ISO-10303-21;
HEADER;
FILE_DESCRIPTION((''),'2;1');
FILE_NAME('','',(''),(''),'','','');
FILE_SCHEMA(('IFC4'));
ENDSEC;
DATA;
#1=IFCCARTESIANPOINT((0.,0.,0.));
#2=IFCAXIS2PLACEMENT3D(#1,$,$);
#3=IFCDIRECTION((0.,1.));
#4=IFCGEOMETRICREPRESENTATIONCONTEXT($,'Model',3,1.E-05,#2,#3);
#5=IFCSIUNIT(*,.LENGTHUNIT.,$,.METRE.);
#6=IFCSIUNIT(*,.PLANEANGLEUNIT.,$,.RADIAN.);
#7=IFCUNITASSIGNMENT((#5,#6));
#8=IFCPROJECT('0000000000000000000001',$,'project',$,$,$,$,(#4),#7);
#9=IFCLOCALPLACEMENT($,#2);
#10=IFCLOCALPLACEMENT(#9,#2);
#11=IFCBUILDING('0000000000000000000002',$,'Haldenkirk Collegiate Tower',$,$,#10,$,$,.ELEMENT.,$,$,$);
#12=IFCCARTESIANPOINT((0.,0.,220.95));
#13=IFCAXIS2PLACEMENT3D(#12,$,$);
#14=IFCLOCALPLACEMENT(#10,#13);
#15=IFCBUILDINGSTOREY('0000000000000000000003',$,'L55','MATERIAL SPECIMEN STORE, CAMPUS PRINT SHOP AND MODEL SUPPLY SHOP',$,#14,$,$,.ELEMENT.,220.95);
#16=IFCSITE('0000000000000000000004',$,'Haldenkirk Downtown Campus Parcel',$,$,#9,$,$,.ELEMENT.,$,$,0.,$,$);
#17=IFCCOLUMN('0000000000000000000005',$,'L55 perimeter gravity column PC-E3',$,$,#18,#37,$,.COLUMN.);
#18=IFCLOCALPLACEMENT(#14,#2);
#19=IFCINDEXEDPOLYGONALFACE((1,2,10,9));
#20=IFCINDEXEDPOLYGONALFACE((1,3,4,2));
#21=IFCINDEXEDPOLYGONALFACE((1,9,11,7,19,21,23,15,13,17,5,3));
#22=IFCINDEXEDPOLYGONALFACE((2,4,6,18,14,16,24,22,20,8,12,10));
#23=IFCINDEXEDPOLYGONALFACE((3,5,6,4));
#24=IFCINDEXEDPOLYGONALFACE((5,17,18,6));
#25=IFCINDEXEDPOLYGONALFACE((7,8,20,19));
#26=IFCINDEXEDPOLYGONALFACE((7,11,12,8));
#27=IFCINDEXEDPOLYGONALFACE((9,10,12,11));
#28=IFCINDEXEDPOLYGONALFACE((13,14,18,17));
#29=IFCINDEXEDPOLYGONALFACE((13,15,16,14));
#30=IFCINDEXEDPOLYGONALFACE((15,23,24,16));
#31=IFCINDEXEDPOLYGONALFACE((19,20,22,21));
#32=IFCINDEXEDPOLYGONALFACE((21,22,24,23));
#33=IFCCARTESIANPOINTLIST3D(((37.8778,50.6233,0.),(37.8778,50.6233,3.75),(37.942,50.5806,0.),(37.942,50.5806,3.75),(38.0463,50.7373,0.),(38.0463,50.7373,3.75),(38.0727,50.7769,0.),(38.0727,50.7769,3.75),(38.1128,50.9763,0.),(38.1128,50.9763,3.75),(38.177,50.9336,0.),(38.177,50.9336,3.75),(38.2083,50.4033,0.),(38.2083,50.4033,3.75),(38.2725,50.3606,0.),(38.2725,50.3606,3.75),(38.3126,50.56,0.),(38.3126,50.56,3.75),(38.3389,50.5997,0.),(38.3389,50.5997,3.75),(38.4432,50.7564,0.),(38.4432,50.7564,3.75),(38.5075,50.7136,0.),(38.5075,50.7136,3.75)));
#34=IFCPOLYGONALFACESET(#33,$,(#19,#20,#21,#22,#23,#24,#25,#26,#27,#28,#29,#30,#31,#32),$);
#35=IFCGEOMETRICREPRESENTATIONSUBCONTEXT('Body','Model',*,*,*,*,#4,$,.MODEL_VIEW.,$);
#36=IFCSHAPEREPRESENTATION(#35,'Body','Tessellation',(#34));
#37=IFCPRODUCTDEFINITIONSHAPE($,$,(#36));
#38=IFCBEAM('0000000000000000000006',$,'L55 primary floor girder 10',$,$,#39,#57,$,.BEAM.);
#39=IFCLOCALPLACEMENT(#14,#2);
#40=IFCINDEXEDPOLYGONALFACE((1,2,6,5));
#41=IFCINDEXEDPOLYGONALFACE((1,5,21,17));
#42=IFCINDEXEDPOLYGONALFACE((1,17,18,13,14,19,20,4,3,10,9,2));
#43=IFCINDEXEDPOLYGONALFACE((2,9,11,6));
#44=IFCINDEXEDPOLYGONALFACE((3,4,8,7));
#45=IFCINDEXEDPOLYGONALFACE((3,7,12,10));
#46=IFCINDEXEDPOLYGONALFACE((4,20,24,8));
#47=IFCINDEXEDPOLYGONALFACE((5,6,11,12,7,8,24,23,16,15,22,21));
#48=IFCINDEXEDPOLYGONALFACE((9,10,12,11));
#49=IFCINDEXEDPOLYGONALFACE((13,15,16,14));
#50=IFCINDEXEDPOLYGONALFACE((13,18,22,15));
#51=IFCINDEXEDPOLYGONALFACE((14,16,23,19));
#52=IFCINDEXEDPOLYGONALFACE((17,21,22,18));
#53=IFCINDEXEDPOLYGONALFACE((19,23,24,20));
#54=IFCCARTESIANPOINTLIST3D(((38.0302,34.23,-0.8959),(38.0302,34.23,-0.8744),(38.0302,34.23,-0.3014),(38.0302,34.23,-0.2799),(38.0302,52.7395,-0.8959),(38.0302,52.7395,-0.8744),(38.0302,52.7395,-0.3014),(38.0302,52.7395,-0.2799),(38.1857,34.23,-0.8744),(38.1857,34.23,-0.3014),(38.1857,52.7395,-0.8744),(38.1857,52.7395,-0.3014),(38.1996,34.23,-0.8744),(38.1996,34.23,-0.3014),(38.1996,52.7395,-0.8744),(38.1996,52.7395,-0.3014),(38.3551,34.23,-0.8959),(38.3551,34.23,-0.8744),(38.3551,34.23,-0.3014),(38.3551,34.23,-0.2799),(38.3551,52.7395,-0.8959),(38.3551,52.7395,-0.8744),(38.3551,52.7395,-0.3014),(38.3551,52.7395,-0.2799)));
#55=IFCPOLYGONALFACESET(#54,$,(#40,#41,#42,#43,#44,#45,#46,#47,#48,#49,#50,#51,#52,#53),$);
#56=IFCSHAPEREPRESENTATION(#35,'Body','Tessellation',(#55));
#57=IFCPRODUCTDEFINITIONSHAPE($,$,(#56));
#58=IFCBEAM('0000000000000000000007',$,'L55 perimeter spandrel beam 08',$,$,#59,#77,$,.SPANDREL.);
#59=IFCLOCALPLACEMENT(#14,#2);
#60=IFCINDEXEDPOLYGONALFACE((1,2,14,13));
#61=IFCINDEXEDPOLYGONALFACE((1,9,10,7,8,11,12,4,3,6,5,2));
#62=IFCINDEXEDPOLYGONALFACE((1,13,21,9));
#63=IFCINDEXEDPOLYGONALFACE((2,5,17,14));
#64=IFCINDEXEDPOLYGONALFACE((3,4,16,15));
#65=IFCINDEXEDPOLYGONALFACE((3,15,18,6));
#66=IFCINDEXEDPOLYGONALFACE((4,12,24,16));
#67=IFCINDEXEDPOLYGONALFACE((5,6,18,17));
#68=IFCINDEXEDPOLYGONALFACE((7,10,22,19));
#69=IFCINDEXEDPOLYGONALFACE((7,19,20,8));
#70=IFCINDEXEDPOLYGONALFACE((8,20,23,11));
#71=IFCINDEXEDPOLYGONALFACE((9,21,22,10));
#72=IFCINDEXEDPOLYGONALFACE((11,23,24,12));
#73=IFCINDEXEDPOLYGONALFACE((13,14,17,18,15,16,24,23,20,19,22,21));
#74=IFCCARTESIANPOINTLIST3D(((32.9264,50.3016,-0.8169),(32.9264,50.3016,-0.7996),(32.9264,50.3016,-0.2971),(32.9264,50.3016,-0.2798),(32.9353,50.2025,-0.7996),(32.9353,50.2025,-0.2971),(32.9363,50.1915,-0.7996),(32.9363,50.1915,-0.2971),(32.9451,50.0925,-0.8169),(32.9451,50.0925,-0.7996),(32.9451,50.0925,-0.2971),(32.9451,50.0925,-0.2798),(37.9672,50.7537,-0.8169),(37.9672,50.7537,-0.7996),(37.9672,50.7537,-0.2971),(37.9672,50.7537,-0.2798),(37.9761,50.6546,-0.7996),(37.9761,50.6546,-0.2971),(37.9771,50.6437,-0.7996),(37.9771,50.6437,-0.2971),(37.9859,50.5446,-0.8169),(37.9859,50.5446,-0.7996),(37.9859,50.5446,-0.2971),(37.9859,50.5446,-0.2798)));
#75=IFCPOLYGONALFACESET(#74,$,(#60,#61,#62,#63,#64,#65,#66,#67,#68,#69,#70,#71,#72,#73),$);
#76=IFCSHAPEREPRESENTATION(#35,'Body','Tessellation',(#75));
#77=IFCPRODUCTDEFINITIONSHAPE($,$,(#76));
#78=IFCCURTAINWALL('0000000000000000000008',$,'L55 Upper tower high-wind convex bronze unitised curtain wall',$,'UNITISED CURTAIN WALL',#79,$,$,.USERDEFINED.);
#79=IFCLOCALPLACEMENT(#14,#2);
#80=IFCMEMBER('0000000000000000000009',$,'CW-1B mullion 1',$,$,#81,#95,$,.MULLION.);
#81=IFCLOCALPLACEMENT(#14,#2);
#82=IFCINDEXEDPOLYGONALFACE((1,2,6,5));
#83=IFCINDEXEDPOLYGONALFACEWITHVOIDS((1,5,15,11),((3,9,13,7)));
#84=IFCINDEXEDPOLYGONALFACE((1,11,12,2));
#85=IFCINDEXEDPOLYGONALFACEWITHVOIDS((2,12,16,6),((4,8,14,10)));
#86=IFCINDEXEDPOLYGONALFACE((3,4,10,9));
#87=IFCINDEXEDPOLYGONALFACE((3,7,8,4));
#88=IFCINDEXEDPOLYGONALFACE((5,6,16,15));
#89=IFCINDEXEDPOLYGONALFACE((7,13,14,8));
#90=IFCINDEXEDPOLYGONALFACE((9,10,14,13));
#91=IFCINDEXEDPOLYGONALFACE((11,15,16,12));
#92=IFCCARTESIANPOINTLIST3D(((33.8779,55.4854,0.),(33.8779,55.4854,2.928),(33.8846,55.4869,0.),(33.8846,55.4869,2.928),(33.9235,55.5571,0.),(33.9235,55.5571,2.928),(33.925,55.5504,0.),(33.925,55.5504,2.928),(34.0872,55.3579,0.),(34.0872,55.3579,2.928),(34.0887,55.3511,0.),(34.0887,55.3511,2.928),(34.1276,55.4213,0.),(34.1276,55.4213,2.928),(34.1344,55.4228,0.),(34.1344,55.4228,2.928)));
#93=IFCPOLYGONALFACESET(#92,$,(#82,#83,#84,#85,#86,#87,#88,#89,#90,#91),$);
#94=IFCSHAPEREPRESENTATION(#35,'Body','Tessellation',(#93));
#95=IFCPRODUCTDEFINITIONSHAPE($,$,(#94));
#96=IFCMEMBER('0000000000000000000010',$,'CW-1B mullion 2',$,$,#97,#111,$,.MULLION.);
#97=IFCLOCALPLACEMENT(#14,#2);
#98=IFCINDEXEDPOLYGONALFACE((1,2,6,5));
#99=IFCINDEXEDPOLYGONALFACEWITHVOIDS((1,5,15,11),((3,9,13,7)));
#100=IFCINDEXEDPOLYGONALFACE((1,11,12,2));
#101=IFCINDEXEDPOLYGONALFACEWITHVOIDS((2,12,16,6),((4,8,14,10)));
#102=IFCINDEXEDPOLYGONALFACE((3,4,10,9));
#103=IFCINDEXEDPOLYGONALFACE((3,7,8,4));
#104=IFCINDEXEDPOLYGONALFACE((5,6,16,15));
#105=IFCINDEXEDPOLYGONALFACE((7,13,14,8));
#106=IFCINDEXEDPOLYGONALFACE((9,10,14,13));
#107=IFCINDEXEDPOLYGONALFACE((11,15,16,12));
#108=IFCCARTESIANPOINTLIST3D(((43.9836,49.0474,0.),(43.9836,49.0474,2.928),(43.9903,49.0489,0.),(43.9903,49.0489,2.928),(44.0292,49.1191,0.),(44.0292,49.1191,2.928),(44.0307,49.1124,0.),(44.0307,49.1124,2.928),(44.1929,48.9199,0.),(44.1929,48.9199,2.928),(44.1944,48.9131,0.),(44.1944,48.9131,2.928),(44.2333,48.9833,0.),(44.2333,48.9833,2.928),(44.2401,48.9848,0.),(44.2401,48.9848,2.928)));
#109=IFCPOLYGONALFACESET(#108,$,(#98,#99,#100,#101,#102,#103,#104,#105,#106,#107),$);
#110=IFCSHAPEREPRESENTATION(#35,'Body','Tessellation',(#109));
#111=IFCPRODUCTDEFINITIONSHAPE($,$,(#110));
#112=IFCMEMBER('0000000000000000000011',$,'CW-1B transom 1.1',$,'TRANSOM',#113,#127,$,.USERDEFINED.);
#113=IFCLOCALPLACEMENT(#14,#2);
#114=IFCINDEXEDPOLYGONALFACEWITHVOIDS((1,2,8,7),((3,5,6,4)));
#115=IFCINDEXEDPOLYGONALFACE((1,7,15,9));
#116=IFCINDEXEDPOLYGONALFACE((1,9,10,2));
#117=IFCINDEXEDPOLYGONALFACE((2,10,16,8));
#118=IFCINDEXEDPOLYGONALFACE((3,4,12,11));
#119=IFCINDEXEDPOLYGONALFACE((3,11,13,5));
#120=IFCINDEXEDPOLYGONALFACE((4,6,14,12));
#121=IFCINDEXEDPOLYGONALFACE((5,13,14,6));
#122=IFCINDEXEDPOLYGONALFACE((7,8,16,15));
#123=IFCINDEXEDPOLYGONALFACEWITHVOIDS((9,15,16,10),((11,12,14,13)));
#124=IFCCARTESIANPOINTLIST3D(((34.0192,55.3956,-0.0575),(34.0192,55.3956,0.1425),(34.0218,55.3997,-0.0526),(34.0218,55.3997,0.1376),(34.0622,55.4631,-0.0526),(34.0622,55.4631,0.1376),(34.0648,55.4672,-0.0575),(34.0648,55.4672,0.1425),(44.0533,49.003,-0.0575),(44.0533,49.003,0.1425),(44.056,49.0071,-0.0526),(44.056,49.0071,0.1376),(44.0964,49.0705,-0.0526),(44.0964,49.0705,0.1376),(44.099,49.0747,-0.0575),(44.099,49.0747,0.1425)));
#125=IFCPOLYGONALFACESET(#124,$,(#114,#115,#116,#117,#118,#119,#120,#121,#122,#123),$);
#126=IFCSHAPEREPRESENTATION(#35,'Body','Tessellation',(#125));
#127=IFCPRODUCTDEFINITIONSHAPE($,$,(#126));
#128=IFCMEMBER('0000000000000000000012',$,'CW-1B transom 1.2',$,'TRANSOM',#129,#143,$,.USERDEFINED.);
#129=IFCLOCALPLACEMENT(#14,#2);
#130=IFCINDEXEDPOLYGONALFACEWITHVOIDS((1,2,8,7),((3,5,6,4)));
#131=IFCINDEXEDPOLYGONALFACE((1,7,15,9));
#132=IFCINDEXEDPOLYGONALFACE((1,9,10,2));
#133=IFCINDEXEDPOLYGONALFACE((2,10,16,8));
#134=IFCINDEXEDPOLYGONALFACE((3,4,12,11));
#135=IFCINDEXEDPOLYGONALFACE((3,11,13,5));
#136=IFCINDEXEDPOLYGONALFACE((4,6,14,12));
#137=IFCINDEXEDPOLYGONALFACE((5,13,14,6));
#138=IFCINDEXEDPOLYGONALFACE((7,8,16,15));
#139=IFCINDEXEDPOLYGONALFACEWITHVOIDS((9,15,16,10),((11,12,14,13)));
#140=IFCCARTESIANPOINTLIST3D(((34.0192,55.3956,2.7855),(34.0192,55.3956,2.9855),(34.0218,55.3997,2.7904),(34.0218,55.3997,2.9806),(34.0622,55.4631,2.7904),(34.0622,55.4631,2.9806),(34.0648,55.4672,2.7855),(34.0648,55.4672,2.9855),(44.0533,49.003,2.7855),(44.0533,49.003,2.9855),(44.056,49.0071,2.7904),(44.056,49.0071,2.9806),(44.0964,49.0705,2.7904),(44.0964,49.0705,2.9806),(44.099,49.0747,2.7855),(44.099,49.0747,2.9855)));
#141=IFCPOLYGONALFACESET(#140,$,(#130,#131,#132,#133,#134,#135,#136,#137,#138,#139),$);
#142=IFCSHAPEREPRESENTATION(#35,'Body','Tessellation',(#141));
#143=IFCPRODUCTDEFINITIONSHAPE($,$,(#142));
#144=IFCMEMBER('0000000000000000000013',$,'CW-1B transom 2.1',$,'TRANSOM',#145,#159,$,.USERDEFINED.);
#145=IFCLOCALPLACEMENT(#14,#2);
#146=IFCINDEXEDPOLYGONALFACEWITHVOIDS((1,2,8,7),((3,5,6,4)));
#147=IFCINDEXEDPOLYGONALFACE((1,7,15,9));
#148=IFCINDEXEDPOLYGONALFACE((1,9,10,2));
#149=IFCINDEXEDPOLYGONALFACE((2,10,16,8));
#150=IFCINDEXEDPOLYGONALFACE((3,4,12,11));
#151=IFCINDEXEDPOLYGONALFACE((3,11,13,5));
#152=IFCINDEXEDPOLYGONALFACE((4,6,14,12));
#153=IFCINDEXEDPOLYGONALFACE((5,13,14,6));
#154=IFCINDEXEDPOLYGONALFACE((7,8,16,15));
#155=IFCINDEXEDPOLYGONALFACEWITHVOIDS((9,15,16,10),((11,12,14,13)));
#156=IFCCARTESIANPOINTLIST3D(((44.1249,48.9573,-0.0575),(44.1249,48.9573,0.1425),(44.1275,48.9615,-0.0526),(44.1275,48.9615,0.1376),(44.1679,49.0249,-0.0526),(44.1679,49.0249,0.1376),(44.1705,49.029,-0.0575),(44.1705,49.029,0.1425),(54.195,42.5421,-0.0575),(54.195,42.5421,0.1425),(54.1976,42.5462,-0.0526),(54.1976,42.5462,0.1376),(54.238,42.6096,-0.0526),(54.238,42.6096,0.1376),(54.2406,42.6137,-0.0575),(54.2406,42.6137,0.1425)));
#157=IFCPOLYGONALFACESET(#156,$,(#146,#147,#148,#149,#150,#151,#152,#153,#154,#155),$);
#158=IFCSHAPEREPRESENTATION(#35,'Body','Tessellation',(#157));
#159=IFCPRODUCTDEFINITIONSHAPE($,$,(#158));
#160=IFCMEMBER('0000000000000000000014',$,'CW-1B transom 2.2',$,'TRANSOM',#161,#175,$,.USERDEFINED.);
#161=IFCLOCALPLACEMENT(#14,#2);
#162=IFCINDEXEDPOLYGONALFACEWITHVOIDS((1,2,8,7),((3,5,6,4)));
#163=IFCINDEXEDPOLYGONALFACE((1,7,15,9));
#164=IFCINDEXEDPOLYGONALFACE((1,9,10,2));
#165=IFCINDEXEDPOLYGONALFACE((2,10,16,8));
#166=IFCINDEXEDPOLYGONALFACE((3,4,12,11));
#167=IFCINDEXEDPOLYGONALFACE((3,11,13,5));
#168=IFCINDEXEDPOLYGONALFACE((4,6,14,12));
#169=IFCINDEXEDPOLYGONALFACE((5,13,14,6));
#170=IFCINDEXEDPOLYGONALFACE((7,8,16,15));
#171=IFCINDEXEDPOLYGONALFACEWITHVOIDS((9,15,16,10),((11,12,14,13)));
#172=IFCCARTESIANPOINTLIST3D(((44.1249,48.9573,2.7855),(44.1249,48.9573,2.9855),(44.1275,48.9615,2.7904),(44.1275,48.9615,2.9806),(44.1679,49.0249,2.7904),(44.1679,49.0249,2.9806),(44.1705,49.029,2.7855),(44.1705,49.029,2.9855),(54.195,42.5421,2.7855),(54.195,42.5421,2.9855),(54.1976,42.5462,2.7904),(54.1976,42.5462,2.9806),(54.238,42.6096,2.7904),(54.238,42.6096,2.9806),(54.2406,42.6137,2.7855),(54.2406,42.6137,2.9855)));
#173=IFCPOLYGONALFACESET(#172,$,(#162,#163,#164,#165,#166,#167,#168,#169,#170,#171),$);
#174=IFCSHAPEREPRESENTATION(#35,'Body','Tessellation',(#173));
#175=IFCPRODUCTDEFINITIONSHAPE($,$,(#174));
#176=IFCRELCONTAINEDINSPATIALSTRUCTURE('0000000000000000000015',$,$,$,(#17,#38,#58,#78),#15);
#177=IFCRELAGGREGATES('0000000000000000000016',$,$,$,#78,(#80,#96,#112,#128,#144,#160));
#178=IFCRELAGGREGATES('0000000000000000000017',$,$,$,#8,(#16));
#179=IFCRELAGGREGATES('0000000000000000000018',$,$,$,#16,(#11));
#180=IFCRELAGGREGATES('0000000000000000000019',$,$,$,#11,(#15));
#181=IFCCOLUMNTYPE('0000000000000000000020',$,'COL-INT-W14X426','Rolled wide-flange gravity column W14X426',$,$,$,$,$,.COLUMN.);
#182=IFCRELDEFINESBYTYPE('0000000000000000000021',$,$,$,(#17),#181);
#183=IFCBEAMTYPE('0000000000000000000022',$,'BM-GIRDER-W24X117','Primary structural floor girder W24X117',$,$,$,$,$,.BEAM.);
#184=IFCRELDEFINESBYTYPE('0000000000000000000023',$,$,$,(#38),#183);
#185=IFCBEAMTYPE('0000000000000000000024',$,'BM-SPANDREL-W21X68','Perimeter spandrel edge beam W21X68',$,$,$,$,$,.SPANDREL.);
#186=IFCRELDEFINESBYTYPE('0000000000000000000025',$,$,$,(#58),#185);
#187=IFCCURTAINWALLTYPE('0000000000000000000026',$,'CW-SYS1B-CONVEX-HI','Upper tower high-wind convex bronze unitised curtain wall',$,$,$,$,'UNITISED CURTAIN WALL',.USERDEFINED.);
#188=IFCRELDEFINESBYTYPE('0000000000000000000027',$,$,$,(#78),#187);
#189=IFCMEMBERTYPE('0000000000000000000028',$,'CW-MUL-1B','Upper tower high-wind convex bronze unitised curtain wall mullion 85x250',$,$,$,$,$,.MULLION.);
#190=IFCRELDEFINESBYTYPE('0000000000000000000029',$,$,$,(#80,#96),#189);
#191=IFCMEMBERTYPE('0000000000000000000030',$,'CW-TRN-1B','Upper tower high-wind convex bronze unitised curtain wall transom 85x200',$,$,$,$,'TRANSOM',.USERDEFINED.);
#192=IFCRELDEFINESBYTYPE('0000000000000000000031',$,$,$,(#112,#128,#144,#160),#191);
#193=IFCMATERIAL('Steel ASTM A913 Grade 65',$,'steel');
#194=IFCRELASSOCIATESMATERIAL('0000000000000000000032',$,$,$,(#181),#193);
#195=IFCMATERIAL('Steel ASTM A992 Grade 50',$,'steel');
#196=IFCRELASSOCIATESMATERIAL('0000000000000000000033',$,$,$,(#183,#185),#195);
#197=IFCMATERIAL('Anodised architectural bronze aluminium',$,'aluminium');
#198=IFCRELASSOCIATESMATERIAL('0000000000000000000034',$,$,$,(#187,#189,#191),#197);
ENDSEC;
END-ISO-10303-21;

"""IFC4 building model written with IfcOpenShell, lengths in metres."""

from ifc_helpers import new_model, si_unit, direction, frame, origin, origin_2d, place, context, subcontext, project, spatial, hollow_rectangle, i_section, extrude, material, material_profile, profile_set, type_object, element, aggregate, save


model = new_model("IFC4")

# Units and contexts
model_context = context("Model", 3, precision=1e-05, world=origin(), true_north=direction((0.0, 1.0)))
body_context = subcontext(model_context, "Body", "Model", "MODEL_VIEW")
ifc_project = project(units=[si_unit("LENGTHUNIT", "METRE"), si_unit("PLANEANGLEUNIT", "RADIAN")], contexts=[model_context])

# Site, building, storey
site_placement = place(None, origin())
site = spatial("IfcSite", under=ifc_project, at=site_placement, Name="Haldenkirk Downtown Campus Parcel", CompositionType="ELEMENT", RefElevation=0.0)
building_placement = place(site_placement, origin())
building = spatial("IfcBuilding", under=site, at=building_placement, Name="Haldenkirk Collegiate Tower", CompositionType="ELEMENT")
storey_placement = place(building_placement, frame((0.0, 0.0, 220.95)))
storey = spatial("IfcBuildingStorey", under=building, at=storey_placement, Name="L55", Description="MATERIAL SPECIMEN STORE, CAMPUS PRINT SHOP AND MODEL SUPPLY SHOP", CompositionType="ELEMENT", Elevation=220.95)

# Column
ifc_material_1 = material(Name="Steel ASTM A913 Grade 65", Category="steel")
ifc_material_profile_1 = material_profile(ifc_material_1, i_section(OverallWidth=0.4241, OverallDepth=0.4741, WebThickness=0.0476, FlangeThickness=0.0771, at=origin_2d()), Name="W14X426")
ifc_profile_set_1 = profile_set([ifc_material_profile_1], Name="Steel ASTM A913 Grade 65")
column_type = type_object("IfcColumnType", Name="COL-INT-W14X426", Description="Rolled wide-flange gravity column W14X426", PredefinedType="COLUMN", material=ifc_profile_set_1)
column_placement = place(storey_placement, frame((38.1926, 50.6685, 0.0), z_axis=(0.0, 0.0, 1.0), x_axis=(0.554118, 0.832438, 0.0)))
element("IfcColumn", 1, at=column_placement, inside=storey, type_object=column_type, Name="L55 perimeter gravity column PC-E3", PredefinedType="COLUMN", context=body_context, shape_type="SweptSolid", body=[
    extrude(i_section(OverallWidth=0.4241, OverallDepth=0.4741, WebThickness=0.0476, FlangeThickness=0.0771, at=origin_2d()), origin(), (0.0, 0.0, 1.0), 3.75),
])

# Beams
ifc_material_2 = material(Name="Steel ASTM A992 Grade 50", Category="steel")
ifc_material_profile_2 = material_profile(ifc_material_2, i_section(OverallWidth=0.325, OverallDepth=0.616, WebThickness=0.0139, FlangeThickness=0.0215, at=origin_2d()), Name="W24X117")
ifc_profile_set_2 = profile_set([ifc_material_profile_2], Name="Steel ASTM A992 Grade 50")
beam_type_1 = type_object("IfcBeamType", Name="BM-GIRDER-W24X117", Description="Primary structural floor girder W24X117", PredefinedType="BEAM", material=ifc_profile_set_2)
beam_1_placement = place(storey_placement, frame((38.1926, 52.7395, -0.5879), z_axis=(0.0, -1.0, 0.0), x_axis=(1.0, 0.0, 0.0)))
element("IfcBeam", 2, at=beam_1_placement, inside=storey, type_object=beam_type_1, Name="L55 primary floor girder 10", PredefinedType="BEAM", context=body_context, shape_type="SweptSolid", body=[
    extrude(i_section(OverallWidth=0.325, OverallDepth=0.616, WebThickness=0.0139, FlangeThickness=0.0215, at=origin_2d()), origin(), (0.0, 0.0, 1.0), 18.5095),
])
ifc_material_profile_3 = material_profile(ifc_material_2, i_section(OverallWidth=0.21, OverallDepth=0.5371, WebThickness=0.011, FlangeThickness=0.0173, at=origin_2d()), Name="W21X68")
ifc_profile_set_3 = profile_set([ifc_material_profile_3], Name="Steel ASTM A992 Grade 50")
beam_type_2 = type_object("IfcBeamType", Name="BM-SPANDREL-W21X68", Description="Perimeter spandrel edge beam W21X68", PredefinedType="SPANDREL", material=ifc_profile_set_3)
beam_2_placement = place(storey_placement, frame((37.9766, 50.6492, -0.5483), z_axis=(-0.996001, -0.08934, 0.0), x_axis=(0.08934, -0.996001, 0.0)))
element("IfcBeam", 3, at=beam_2_placement, inside=storey, type_object=beam_type_2, Name="L55 perimeter spandrel beam 08", PredefinedType="SPANDREL", context=body_context, shape_type="SweptSolid", body=[
    extrude(i_section(OverallWidth=0.21, OverallDepth=0.5371, WebThickness=0.011, FlangeThickness=0.0173, at=origin_2d()), origin(), (0.0, 0.0, 1.0), 5.061),
])

# Curtain wall, members
ifc_material_3 = material(Name="Anodised architectural bronze aluminium", Category="aluminium")
curtain_wall_type = type_object("IfcCurtainWallType", Name="CW-SYS1B-CONVEX-HI", Description="Upper tower high-wind convex bronze unitised curtain wall", ElementType="UNITISED CURTAIN WALL", PredefinedType="USERDEFINED", material=ifc_material_3)
curtain_wall_placement = place(storey_placement, origin())
curtain_wall = element("IfcCurtainWall", 4, at=curtain_wall_placement, inside=storey, type_object=curtain_wall_type, Name="L55 Upper tower high-wind convex bronze unitised curtain wall", ObjectType="UNITISED CURTAIN WALL", PredefinedType="USERDEFINED")
ifc_material_profile_4 = material_profile(ifc_material_3, hollow_rectangle(XDim=0.085, YDim=0.25, WallThickness=0.0049, at=origin_2d()), Name="CW-MUL-1B")
ifc_profile_set_4 = profile_set([ifc_material_profile_4], Name="Anodised architectural bronze aluminium")
member_type_1 = type_object("IfcMemberType", Name="CW-MUL-1B", Description="Upper tower high-wind convex bronze unitised curtain wall mullion 85x250", PredefinedType="MULLION", material=ifc_profile_set_4)
member_1_placement = place(storey_placement, frame((34.0061, 55.4541, 0.0), z_axis=(0.0, 0.0, 1.0), x_axis=(0.5373, 0.843391, 0.0)))
member_1 = element("IfcMember", 5, at=member_1_placement, type_object=member_type_1, Name="CW-1B mullion 1", PredefinedType="MULLION", context=body_context, shape_type="SweptSolid", body=[
    extrude(hollow_rectangle(XDim=0.085, YDim=0.25, WallThickness=0.0049, at=origin_2d()), origin(), (0.0, 0.0, 1.0), 2.928),
])
member_2_placement = place(storey_placement, frame((44.1118, 49.0161, 0.0), z_axis=(0.0, 0.0, 1.0), x_axis=(0.5373, 0.843391, 0.0)))
member_2 = element("IfcMember", 6, at=member_2_placement, type_object=member_type_1, Name="CW-1B mullion 2", PredefinedType="MULLION", context=body_context, shape_type="SweptSolid", body=[
    extrude(hollow_rectangle(XDim=0.085, YDim=0.25, WallThickness=0.0049, at=origin_2d()), origin(), (0.0, 0.0, 1.0), 2.928),
])
ifc_material_profile_5 = material_profile(ifc_material_3, hollow_rectangle(XDim=0.085, YDim=0.2, WallThickness=0.0049, at=origin_2d()), Name="CW-TRN-1B")
ifc_profile_set_5 = profile_set([ifc_material_profile_5], Name="Anodised architectural bronze aluminium")
member_type_2 = type_object("IfcMemberType", Name="CW-TRN-1B", Description="Upper tower high-wind convex bronze unitised curtain wall transom 85x200", ElementType="TRANSOM", PredefinedType="USERDEFINED", material=ifc_profile_set_5)
member_3_placement = place(storey_placement, frame((34.042, 55.4314, 0.0425), z_axis=(0.843388, -0.537306, 0.0), x_axis=(0.537306, 0.843388, 0.0)))
member_3 = element("IfcMember", 7, at=member_3_placement, type_object=member_type_2, Name="CW-1B transom 1.1", ObjectType="TRANSOM", PredefinedType="USERDEFINED", context=body_context, shape_type="SweptSolid", body=[
    extrude(hollow_rectangle(XDim=0.085, YDim=0.2, WallThickness=0.0049, at=origin_2d()), origin(), (0.0, 0.0, 1.0), 11.8975),
])
member_4_placement = place(storey_placement, frame((34.042, 55.4314, 2.8855), z_axis=(0.843388, -0.537306, 0.0), x_axis=(0.537306, 0.843388, 0.0)))
member_4 = element("IfcMember", 8, at=member_4_placement, type_object=member_type_2, Name="CW-1B transom 1.2", ObjectType="TRANSOM", PredefinedType="USERDEFINED", context=body_context, shape_type="SweptSolid", body=[
    extrude(hollow_rectangle(XDim=0.085, YDim=0.2, WallThickness=0.0049, at=origin_2d()), origin(), (0.0, 0.0, 1.0), 11.8975),
])
member_5_placement = place(storey_placement, frame((44.1477, 48.9932, 0.0425), z_axis=(0.843394, -0.537296, 0.0), x_axis=(0.537296, 0.843394, 0.0)))
member_5 = element("IfcMember", 9, at=member_5_placement, type_object=member_type_2, Name="CW-1B transom 2.1", ObjectType="TRANSOM", PredefinedType="USERDEFINED", context=body_context, shape_type="SweptSolid", body=[
    extrude(hollow_rectangle(XDim=0.085, YDim=0.2, WallThickness=0.0049, at=origin_2d()), origin(), (0.0, 0.0, 1.0), 11.9399),
])
member_6_placement = place(storey_placement, frame((44.1477, 48.9932, 2.8855), z_axis=(0.843394, -0.537296, 0.0), x_axis=(0.537296, 0.843394, 0.0)))
member_6 = element("IfcMember", 10, at=member_6_placement, type_object=member_type_2, Name="CW-1B transom 2.2", ObjectType="TRANSOM", PredefinedType="USERDEFINED", context=body_context, shape_type="SweptSolid", body=[
    extrude(hollow_rectangle(XDim=0.085, YDim=0.2, WallThickness=0.0049, at=origin_2d()), origin(), (0.0, 0.0, 1.0), 11.9399),
])
aggregate(curtain_wall, [member_1, member_2, member_3, member_4, member_5, member_6])

save(model, "model.ifc")
